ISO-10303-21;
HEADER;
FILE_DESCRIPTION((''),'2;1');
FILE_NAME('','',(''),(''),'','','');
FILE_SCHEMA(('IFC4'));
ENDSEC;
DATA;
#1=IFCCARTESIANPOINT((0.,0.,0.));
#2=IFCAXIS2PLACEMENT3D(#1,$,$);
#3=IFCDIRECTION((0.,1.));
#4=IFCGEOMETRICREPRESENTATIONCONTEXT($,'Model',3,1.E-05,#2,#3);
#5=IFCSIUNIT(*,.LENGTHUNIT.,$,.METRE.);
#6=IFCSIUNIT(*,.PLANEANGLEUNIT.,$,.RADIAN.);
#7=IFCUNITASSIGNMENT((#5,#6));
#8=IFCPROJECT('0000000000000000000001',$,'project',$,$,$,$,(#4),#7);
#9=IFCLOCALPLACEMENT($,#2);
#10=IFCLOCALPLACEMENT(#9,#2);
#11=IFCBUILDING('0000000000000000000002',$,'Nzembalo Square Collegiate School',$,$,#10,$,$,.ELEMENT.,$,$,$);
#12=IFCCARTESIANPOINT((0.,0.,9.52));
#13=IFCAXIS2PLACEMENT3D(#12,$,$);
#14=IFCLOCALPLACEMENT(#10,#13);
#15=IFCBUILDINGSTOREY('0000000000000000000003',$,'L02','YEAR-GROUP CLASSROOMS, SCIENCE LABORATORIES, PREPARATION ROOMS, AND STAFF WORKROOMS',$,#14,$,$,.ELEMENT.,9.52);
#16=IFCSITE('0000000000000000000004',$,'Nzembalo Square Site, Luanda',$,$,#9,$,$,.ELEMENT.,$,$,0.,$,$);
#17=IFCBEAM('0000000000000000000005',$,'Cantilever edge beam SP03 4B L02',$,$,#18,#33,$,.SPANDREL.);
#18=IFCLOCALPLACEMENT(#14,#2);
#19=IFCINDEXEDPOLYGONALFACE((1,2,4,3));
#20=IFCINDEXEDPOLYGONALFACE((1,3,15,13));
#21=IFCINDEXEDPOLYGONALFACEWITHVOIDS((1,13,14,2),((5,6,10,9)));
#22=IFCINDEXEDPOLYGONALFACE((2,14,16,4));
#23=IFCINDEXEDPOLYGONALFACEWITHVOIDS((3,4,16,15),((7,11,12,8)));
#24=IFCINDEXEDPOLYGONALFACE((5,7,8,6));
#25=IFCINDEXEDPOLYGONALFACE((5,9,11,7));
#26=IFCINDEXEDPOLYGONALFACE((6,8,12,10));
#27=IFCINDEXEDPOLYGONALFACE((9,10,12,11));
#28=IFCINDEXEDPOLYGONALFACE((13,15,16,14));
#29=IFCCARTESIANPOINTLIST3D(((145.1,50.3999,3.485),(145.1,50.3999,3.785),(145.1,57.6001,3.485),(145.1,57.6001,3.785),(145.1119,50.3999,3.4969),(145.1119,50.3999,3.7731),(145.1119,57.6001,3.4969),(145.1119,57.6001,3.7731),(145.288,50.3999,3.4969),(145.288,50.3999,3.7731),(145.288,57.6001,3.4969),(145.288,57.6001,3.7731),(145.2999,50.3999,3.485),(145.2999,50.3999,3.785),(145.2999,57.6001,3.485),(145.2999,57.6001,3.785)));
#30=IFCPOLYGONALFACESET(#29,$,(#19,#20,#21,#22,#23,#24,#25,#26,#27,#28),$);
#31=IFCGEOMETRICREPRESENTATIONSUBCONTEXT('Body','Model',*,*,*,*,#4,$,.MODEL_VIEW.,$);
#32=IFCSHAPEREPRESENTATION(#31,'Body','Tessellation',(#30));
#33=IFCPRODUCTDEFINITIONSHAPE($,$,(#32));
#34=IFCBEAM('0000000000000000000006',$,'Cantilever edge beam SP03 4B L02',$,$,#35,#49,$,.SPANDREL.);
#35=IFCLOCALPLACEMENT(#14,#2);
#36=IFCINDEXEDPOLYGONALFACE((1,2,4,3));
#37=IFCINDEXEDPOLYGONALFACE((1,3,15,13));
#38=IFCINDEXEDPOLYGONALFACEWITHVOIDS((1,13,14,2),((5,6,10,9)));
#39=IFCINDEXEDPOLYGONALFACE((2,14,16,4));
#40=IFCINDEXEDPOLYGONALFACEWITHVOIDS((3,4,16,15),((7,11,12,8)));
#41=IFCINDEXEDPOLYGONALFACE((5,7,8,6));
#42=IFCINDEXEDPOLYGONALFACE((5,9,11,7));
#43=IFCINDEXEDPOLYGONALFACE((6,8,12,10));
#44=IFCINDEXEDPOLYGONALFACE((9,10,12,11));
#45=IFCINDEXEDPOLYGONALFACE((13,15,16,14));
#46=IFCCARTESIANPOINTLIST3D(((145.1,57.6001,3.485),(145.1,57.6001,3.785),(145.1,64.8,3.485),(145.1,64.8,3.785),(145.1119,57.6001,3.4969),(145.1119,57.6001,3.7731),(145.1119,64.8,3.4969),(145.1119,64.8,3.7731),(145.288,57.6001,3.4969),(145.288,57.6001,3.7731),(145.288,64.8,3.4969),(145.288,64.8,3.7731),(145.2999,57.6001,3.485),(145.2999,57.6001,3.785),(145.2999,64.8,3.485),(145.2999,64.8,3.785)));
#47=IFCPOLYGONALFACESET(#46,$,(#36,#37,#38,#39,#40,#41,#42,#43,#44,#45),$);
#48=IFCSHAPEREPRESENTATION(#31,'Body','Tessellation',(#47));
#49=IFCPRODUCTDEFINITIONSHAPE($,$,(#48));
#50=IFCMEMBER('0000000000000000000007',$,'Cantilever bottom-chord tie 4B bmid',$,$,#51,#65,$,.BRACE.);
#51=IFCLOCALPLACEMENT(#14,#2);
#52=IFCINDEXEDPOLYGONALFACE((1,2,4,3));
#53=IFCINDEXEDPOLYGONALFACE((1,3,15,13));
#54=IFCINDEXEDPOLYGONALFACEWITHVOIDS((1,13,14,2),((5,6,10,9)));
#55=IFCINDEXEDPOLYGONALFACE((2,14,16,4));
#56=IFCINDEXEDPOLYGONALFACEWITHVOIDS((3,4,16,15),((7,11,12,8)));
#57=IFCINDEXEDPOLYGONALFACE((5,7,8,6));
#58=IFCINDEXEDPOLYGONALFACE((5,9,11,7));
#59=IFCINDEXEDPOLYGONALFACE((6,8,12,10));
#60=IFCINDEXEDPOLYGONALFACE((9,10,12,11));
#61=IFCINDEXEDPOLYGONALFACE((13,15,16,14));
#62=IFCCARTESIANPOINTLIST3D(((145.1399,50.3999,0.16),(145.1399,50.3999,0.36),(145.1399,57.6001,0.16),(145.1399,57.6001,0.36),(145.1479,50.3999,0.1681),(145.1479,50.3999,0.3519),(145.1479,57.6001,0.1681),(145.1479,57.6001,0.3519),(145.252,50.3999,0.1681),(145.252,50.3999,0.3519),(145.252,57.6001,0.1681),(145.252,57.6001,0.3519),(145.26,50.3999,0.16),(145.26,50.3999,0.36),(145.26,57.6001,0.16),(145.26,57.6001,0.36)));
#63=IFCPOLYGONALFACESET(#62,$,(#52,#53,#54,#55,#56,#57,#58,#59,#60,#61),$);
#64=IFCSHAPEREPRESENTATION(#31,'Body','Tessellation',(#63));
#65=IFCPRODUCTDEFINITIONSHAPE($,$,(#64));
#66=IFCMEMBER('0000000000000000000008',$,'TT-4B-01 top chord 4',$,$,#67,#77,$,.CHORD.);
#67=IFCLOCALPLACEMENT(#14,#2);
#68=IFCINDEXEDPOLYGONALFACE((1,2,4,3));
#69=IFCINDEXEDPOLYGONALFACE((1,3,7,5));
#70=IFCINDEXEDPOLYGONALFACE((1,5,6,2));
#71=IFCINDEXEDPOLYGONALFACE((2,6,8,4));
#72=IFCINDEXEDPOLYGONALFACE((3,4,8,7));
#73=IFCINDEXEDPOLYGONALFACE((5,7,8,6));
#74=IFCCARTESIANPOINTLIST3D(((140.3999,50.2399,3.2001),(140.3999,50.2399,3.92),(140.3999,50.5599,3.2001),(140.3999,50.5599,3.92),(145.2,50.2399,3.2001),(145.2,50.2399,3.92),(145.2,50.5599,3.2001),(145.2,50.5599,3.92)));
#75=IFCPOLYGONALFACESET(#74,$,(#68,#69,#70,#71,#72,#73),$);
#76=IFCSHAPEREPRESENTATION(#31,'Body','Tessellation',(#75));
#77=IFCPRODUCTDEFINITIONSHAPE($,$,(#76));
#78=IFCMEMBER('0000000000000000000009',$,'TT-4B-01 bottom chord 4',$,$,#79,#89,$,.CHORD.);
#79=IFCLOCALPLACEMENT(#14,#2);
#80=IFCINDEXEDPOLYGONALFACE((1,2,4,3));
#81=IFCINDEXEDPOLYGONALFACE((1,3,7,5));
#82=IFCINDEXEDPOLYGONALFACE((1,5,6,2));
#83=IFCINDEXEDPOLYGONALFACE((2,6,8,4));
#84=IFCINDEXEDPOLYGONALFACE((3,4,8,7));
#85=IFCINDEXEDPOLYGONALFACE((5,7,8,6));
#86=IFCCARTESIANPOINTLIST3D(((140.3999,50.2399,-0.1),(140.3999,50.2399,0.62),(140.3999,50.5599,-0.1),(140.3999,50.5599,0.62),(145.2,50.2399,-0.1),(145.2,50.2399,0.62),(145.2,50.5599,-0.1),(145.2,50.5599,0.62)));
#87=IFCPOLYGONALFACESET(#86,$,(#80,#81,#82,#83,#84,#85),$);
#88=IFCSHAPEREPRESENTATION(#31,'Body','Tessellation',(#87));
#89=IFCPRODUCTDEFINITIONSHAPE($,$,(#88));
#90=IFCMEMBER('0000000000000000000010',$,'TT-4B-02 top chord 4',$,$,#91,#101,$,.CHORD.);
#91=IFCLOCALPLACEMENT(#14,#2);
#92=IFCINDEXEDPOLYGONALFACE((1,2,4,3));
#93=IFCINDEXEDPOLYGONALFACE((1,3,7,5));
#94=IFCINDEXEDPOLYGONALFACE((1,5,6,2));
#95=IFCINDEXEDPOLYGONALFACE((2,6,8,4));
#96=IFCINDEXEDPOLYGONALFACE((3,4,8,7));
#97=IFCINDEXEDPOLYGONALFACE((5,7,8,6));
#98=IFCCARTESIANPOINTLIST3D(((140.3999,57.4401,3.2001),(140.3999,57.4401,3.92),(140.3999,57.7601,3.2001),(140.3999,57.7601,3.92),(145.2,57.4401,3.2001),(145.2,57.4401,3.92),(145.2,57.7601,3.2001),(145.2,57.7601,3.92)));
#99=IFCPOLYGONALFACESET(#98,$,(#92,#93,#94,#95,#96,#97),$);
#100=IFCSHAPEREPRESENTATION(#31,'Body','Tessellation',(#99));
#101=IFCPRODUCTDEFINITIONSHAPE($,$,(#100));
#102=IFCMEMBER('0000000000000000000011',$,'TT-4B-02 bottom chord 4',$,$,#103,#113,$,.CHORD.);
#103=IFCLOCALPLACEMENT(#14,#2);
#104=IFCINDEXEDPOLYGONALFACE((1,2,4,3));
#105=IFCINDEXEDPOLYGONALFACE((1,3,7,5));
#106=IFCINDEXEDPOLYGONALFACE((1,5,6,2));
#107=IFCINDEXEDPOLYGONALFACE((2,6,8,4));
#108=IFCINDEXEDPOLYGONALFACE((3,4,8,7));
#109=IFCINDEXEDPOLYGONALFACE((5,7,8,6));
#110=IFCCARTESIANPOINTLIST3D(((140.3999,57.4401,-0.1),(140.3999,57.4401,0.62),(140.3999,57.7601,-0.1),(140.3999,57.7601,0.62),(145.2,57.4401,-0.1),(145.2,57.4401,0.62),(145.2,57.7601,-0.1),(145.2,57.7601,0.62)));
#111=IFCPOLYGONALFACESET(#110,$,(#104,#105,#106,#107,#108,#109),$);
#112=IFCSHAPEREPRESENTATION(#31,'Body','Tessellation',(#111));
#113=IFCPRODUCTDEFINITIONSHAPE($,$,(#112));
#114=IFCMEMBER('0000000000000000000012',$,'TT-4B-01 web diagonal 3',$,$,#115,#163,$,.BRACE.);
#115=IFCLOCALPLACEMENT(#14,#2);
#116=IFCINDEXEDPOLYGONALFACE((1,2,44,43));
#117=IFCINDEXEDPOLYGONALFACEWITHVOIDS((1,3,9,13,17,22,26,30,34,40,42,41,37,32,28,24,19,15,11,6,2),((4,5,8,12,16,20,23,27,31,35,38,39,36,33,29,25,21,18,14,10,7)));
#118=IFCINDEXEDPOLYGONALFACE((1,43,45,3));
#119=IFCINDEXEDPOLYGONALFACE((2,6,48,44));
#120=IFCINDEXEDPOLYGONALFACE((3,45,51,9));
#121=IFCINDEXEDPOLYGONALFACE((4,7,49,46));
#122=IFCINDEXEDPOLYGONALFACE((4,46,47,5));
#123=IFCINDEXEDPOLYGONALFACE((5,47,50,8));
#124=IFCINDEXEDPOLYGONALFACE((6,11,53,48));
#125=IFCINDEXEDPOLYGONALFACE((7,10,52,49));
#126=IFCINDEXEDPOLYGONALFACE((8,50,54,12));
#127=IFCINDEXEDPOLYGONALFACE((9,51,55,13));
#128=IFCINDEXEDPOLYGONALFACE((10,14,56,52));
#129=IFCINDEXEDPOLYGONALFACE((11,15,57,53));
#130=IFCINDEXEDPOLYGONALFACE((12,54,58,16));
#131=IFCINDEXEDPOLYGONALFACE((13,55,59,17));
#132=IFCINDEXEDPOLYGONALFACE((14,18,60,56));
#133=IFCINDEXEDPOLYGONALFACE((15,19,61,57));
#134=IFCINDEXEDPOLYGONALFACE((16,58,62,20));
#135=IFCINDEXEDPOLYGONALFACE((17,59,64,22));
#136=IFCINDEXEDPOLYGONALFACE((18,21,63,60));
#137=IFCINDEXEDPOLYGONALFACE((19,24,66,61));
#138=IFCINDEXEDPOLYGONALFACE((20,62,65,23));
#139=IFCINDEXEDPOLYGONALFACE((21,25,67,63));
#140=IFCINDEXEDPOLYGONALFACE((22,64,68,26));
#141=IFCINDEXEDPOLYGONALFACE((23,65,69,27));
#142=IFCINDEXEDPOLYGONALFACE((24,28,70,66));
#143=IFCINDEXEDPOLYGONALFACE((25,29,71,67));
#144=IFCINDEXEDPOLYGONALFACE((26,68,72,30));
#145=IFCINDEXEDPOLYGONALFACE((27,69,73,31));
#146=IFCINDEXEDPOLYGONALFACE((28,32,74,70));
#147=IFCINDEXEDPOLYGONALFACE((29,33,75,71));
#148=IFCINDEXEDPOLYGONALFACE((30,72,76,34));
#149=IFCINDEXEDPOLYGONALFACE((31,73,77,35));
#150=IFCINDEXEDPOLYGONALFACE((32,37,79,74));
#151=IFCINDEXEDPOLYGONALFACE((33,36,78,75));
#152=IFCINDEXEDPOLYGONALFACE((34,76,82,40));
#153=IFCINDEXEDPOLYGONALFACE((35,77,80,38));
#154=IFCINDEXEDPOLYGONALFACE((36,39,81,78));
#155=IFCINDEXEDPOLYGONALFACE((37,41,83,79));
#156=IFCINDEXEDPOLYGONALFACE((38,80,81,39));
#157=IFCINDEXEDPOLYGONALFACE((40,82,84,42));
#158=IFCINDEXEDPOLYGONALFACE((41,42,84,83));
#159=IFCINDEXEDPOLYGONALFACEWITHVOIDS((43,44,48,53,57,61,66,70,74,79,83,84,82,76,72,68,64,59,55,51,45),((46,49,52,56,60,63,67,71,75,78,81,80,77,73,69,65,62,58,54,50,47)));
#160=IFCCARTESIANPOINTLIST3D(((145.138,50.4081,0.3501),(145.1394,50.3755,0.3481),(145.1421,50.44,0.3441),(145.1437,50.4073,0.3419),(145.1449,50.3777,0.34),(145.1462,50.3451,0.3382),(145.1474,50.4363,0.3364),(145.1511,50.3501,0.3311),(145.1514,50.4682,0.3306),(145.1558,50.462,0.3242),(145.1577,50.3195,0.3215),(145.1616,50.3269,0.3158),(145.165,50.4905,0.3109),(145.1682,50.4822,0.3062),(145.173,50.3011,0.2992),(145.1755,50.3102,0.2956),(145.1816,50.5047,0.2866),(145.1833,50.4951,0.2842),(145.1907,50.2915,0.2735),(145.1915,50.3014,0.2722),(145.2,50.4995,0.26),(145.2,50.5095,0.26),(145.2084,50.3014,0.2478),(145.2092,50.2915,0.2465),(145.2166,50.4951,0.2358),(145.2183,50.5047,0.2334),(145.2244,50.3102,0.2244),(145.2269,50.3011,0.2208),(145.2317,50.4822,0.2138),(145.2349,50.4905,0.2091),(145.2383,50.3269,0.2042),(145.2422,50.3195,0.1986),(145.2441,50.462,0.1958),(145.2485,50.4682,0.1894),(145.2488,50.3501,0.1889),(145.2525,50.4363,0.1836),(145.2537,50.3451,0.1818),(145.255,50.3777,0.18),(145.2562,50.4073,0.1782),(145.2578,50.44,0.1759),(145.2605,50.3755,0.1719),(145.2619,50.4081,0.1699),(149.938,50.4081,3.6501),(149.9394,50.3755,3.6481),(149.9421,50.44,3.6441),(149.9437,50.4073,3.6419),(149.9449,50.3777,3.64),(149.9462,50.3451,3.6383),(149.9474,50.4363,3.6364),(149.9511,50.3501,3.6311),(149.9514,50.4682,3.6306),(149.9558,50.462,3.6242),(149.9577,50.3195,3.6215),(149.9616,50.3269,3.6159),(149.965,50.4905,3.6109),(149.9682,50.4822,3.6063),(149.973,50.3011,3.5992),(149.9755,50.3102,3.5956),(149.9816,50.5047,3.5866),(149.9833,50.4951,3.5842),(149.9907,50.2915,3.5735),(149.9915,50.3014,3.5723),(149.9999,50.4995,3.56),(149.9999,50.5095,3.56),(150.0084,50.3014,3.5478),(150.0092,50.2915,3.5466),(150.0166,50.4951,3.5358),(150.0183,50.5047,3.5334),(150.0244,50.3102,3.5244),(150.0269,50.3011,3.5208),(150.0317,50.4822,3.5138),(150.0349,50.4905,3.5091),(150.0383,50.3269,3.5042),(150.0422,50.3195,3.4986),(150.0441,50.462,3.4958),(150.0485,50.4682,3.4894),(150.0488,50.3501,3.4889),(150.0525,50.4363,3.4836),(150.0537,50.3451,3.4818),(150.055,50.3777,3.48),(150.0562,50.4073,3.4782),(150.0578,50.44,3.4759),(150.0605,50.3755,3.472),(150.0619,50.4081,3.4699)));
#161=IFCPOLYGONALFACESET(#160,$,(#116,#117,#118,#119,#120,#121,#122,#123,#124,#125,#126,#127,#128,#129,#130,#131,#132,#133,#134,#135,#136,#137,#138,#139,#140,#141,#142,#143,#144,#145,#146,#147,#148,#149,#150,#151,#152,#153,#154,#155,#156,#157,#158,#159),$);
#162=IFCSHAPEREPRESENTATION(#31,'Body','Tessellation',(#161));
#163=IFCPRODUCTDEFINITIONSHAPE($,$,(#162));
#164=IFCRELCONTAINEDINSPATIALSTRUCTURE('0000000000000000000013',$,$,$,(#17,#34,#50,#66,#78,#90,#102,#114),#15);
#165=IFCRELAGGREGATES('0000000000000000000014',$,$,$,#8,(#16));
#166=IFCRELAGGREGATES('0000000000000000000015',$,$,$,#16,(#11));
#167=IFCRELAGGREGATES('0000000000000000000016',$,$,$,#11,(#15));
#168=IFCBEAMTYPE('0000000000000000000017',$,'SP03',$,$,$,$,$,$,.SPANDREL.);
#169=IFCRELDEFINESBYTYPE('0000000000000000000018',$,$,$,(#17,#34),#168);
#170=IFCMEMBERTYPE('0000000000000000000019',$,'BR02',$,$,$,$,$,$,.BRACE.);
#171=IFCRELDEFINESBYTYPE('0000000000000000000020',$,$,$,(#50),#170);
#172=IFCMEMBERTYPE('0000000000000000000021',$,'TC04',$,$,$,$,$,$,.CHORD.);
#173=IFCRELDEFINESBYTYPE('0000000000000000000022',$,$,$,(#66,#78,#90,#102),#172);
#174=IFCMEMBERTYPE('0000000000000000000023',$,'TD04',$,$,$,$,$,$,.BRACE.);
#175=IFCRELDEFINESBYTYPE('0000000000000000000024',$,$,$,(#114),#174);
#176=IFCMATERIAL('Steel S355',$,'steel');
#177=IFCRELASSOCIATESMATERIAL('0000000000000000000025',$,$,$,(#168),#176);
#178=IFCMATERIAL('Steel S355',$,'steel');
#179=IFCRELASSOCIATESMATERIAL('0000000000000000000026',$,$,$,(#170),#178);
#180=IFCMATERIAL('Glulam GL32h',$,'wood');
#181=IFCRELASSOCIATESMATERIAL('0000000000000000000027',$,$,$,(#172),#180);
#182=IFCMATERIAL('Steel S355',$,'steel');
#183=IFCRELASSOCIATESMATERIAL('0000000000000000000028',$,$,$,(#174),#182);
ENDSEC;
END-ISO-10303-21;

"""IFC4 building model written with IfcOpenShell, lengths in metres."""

from ifc_helpers import new_model, si_unit, direction, frame, origin, origin_2d, place, context, subcontext, project, spatial, rectangle, hollow_rectangle, hollow_circle, extrude, material, material_profile, profile_set, type_object, element, save


model = new_model("IFC4")

# Units and contexts
model_context = context("Model", 3, precision=1e-05, world=origin(), true_north=direction((0.0, 1.0)))
body_context = subcontext(model_context, "Body", "Model", "MODEL_VIEW")
ifc_project = project(units=[si_unit("LENGTHUNIT", "METRE"), si_unit("PLANEANGLEUNIT", "RADIAN")], contexts=[model_context])

# Site, building, storey
site_placement = place(None, origin())
site = spatial("IfcSite", under=ifc_project, at=site_placement, Name="Nzembalo Square Site, Luanda", CompositionType="ELEMENT", RefElevation=0.0)
building_placement = place(site_placement, origin())
building = spatial("IfcBuilding", under=site, at=building_placement, Name="Nzembalo Square Collegiate School", CompositionType="ELEMENT")
storey_placement = place(building_placement, frame((0.0, 0.0, 9.52)))
storey = spatial("IfcBuildingStorey", under=building, at=storey_placement, Name="L02", Description="YEAR-GROUP CLASSROOMS, SCIENCE LABORATORIES, PREPARATION ROOMS, AND STAFF WORKROOMS", CompositionType="ELEMENT", Elevation=9.52)

# Beams
ifc_material_1 = material(Name="Steel S355", Category="steel")
ifc_material_profile_1 = material_profile(ifc_material_1, hollow_rectangle(XDim=0.2, YDim=0.3, WallThickness=0.012, at=origin_2d()), Name="RHS 300x200x12")
ifc_profile_set_1 = profile_set([ifc_material_profile_1], Name="Steel S355")
beam_type = type_object("IfcBeamType", Name="SP03", PredefinedType="SPANDREL", material=ifc_profile_set_1)
beam_1_placement = place(storey_placement, frame((145.2, 50.3999, 3.635), z_axis=(0.0, 1.0, 0.0), x_axis=(-1.0, 0.0, 0.0)))
element("IfcBeam", 1, at=beam_1_placement, inside=storey, type_object=beam_type, Name="Cantilever edge beam SP03 4B L02", PredefinedType="SPANDREL", context=body_context, shape_type="SweptSolid", body=[
    extrude(hollow_rectangle(XDim=0.2, YDim=0.3, WallThickness=0.012, at=origin_2d()), origin(), (0.0, 0.0, 1.0), 7.2002),
])
beam_2_placement = place(storey_placement, frame((145.2, 57.6001, 3.635), z_axis=(0.0, 1.0, 0.0), x_axis=(-1.0, 0.0, 0.0)))
element("IfcBeam", 2, at=beam_2_placement, inside=storey, type_object=beam_type, Name="Cantilever edge beam SP03 4B L02", PredefinedType="SPANDREL", context=body_context, shape_type="SweptSolid", body=[
    extrude(hollow_rectangle(XDim=0.2, YDim=0.3, WallThickness=0.012, at=origin_2d()), origin(), (0.0, 0.0, 1.0), 7.2),
])

# Members
ifc_material_2 = material(Name="Steel S355", Category="steel")
ifc_material_profile_2 = material_profile(ifc_material_2, hollow_rectangle(XDim=0.1201, YDim=0.2, WallThickness=0.0081, at=origin_2d()), Name="RHS 200x120x8")
ifc_profile_set_2 = profile_set([ifc_material_profile_2], Name="Steel S355")
member_type_1 = type_object("IfcMemberType", Name="BR02", PredefinedType="BRACE", material=ifc_profile_set_2)
member_placement = place(storey_placement, frame((145.2, 50.3999, 0.26), z_axis=(0.0, 1.0, 0.0), x_axis=(-1.0, 0.0, 0.0)))
element("IfcMember", 3, at=member_placement, inside=storey, type_object=member_type_1, Name="Cantilever bottom-chord tie 4B bmid", PredefinedType="BRACE", context=body_context, shape_type="SweptSolid", body=[
    extrude(hollow_rectangle(XDim=0.1201, YDim=0.2, WallThickness=0.0081, at=origin_2d()), origin(), (0.0, 0.0, 1.0), 7.2002),
])
ifc_material_3 = material(Name="Glulam GL32h", Category="wood")
ifc_material_profile_3 = material_profile(ifc_material_3, rectangle(XDim=0.3201, YDim=0.72, at=origin_2d()), Name="GL32h 320x720")
ifc_profile_set_3 = profile_set([ifc_material_profile_3], Name="Glulam GL32h")
member_type_2 = type_object("IfcMemberType", Name="TC04", PredefinedType="CHORD", material=ifc_profile_set_3)
for number, where, z_axis, x_axis, name in (
    (4, (145.2, 50.3999, 3.5601), (-1.0, 0.0, 0.0), (0.0, -1.0, 0.0), "TT-4B-01 top chord 4"),
    (5, (145.2, 50.3999, 0.26), (-1.0, 0.0, 0.0), (0.0, -1.0, 0.0), "TT-4B-01 bottom chord 4"),
    (6, (145.2, 57.6001, 3.5601), (-1.0, 0.0, 0.0), (0.0, -1.0, 0.0), "TT-4B-02 top chord 4"),
    (7, (145.2, 57.6001, 0.26), (-1.0, 0.0, 0.0), (0.0, -1.0, 0.0), "TT-4B-02 bottom chord 4"),
):
    element("IfcMember", number, at=place(storey_placement, frame(where, z_axis=z_axis, x_axis=x_axis)), inside=storey, type_object=member_type_2, Name=name, PredefinedType="CHORD", context=body_context, shape_type="SweptSolid", body=[
        extrude(rectangle(XDim=0.3201, YDim=0.72, at=origin_2d()), origin(), (0.0, 0.0, 1.0), 4.8),
    ])
ifc_material_4 = material(Name="Steel S355", Category="steel")
ifc_material_profile_4 = material_profile(ifc_material_4, hollow_circle(Radius=0.1096, WallThickness=0.01, at=origin_2d()), Name="CHS 219x10")
ifc_profile_set_4 = profile_set([ifc_material_profile_4], Name="Steel S355")
member_type_3 = type_object("IfcMemberType", Name="TD04", PredefinedType="BRACE", material=ifc_profile_set_4)
for number, where, z_axis, x_axis, name in (
    (8, (145.2, 50.3999, 0.26), (0.824041, 0.0, 0.566531), (0.0, 1.0, 0.0), "TT-4B-01 web diagonal 3"),
):
    element("IfcMember", number, at=place(storey_placement, frame(where, z_axis=z_axis, x_axis=x_axis)), inside=storey, type_object=member_type_3, Name=name, PredefinedType="BRACE", context=body_context, shape_type="SweptSolid", body=[
        extrude(hollow_circle(Radius=0.1096, WallThickness=0.01, at=origin_2d()), origin(), (0.0, 0.0, 1.0), 5.825),
    ])

save(model, "model.ifc")
